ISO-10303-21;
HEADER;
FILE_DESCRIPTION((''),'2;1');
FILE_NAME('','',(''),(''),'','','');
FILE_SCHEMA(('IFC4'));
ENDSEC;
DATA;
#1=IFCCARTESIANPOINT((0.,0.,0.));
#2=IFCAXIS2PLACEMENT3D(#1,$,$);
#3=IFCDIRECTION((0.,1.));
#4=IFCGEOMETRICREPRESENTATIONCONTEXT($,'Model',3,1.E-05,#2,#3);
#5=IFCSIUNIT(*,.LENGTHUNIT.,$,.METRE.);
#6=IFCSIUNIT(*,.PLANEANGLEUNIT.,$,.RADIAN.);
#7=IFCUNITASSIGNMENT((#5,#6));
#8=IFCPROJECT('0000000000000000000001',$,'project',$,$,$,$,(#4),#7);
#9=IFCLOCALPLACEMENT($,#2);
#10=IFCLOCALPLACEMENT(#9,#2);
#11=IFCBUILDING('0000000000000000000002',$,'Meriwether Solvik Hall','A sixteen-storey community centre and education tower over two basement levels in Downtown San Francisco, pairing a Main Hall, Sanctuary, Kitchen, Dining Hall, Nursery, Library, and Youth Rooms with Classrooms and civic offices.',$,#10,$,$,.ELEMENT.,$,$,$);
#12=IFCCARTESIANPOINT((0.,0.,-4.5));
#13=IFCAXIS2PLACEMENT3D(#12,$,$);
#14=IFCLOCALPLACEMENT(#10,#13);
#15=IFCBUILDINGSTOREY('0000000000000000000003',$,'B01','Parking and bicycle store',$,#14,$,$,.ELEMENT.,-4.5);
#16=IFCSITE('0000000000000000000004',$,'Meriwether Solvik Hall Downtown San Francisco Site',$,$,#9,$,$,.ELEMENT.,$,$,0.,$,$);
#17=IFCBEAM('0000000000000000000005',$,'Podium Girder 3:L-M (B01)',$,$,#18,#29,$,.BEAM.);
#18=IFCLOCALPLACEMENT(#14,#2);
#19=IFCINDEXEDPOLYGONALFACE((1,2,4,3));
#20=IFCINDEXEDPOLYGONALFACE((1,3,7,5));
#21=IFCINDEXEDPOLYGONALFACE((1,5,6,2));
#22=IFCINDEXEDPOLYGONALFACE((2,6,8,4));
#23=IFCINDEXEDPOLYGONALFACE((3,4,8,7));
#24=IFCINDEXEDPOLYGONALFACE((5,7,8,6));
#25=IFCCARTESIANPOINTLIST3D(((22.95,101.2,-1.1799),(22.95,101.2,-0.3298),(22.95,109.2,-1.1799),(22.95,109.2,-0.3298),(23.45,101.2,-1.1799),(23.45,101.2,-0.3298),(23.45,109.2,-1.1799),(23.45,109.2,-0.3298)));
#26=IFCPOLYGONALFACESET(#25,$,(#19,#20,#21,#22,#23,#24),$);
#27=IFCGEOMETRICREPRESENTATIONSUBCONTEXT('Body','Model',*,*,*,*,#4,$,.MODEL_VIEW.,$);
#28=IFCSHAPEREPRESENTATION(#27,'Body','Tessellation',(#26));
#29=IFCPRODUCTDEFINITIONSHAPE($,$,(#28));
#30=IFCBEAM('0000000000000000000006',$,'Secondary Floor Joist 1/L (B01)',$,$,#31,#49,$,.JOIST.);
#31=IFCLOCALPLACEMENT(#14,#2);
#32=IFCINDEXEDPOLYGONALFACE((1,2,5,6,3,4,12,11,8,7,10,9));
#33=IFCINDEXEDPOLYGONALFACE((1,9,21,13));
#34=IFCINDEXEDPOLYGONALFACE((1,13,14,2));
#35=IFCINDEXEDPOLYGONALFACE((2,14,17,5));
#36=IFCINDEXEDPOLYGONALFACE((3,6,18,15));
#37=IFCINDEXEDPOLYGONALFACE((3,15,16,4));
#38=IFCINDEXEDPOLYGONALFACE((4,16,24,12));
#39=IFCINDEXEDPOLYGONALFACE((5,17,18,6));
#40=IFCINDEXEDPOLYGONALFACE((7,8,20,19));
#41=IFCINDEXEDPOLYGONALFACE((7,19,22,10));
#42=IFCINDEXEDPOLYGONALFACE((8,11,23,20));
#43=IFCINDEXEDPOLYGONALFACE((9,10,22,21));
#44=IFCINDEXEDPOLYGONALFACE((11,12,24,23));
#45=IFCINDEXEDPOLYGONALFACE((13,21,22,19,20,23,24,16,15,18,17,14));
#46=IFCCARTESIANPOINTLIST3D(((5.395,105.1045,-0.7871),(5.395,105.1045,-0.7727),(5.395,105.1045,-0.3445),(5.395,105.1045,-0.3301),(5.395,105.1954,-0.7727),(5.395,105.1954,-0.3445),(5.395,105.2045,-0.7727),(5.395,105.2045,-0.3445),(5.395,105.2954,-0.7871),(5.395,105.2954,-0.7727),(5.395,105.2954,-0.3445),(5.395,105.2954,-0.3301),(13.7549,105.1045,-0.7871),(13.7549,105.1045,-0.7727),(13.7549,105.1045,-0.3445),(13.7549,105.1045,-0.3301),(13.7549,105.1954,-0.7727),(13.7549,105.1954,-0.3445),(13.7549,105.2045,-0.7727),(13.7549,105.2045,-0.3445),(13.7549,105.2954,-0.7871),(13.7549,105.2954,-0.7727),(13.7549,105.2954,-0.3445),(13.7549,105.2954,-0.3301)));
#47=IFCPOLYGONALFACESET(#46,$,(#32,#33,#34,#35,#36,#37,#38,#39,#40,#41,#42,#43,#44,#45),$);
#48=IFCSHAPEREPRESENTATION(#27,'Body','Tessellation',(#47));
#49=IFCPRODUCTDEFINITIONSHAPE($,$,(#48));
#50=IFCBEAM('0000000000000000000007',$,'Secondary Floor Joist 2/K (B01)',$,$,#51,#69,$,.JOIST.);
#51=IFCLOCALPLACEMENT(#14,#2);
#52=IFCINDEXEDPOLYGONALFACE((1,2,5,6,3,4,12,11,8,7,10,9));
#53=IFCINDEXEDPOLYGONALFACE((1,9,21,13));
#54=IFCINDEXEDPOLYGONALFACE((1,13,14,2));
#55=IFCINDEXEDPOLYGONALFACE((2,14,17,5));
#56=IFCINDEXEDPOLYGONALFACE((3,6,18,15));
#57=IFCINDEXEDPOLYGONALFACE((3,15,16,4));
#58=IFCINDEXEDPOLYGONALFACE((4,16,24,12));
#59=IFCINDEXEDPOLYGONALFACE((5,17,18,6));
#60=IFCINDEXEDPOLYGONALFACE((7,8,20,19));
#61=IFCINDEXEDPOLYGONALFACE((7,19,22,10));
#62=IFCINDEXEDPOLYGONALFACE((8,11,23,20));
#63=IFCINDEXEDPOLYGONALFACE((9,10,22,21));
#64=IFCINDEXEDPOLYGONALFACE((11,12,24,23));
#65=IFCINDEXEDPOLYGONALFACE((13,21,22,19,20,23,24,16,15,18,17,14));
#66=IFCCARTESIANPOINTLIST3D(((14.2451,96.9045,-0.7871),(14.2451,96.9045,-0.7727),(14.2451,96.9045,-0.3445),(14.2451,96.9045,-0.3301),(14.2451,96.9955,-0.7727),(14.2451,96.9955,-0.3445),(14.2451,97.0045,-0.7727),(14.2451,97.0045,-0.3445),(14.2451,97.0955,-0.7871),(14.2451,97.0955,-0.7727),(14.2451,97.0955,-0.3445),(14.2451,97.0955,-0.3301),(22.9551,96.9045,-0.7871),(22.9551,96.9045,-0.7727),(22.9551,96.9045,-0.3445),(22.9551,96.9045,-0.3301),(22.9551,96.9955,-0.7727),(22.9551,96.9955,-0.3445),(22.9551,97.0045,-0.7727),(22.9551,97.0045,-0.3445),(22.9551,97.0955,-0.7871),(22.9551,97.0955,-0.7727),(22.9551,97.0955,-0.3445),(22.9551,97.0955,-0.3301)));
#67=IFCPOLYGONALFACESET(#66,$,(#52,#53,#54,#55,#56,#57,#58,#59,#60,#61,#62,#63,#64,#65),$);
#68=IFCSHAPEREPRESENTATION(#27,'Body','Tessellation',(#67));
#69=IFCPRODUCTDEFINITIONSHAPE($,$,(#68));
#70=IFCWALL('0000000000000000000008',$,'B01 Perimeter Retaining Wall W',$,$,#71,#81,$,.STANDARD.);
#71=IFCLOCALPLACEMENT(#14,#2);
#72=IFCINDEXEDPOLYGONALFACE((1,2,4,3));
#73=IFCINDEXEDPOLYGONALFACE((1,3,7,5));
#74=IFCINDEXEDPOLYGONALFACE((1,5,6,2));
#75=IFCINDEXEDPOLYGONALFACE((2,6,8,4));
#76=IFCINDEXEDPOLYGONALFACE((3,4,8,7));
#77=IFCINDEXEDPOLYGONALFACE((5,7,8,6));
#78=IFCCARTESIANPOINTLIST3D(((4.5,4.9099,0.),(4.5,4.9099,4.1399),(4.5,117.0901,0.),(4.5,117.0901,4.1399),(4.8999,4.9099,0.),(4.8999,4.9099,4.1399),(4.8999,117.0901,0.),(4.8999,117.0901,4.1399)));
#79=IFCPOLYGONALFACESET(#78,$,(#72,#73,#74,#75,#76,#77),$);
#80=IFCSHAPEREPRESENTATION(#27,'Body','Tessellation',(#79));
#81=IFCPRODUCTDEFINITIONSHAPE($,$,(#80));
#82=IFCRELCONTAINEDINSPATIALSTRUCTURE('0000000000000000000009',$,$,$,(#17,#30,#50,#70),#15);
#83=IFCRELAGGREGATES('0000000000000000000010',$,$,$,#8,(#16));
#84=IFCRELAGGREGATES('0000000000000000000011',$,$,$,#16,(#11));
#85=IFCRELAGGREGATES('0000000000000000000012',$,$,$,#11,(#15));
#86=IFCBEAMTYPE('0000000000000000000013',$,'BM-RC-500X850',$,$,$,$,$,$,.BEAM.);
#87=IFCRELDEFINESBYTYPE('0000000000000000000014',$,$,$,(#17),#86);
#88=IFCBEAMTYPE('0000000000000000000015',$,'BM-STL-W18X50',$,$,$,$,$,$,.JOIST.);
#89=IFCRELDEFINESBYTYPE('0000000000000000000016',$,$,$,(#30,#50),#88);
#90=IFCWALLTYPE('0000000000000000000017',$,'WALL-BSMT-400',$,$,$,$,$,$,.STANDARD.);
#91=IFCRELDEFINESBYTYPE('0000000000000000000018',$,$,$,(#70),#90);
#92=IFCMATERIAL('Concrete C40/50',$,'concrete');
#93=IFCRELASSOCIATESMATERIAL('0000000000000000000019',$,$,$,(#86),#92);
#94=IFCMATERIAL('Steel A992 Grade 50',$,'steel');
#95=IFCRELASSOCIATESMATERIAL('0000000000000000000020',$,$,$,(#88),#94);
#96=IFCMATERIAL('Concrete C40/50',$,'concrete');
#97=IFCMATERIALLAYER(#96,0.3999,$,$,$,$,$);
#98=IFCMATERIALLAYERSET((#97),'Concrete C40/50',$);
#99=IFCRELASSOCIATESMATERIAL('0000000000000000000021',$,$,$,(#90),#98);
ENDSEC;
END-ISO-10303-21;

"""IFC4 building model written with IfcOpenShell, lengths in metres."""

from ifc_helpers import new_model, si_unit, direction, frame, frame_2d, origin, origin_2d, place, context, subcontext, project, spatial, rectangle, i_section, extrude, material, layer, layer_set, material_profile, profile_set, type_object, element, save


model = new_model("IFC4")

# Units and contexts
model_context = context("Model", 3, precision=1e-05, world=origin(), true_north=direction((0.0, 1.0)))
body_context = subcontext(model_context, "Body", "Model", "MODEL_VIEW")
ifc_project = project(units=[si_unit("LENGTHUNIT", "METRE"), si_unit("PLANEANGLEUNIT", "RADIAN")], contexts=[model_context])

# Site, building, storey
site_placement = place(None, origin())
site = spatial("IfcSite", under=ifc_project, at=site_placement, Name="Meriwether Solvik Hall Downtown San Francisco Site", CompositionType="ELEMENT", RefElevation=0.0)
building_placement = place(site_placement, origin())
building = spatial("IfcBuilding", under=site, at=building_placement, Name="Meriwether Solvik Hall", Description="A sixteen-storey community centre and education tower over two basement levels in Downtown San Francisco, pairing a Main Hall, Sanctuary, Kitchen, Dining Hall, Nursery, Library, and Youth Rooms with Classrooms and civic offices.", CompositionType="ELEMENT")
storey_placement = place(building_placement, frame((0.0, 0.0, -4.5)))
storey = spatial("IfcBuildingStorey", under=building, at=storey_placement, Name="B01", Description="Parking and bicycle store", CompositionType="ELEMENT", Elevation=-4.5)

# Beams
ifc_material_1 = material(Name="Concrete C40/50", Category="concrete")
ifc_material_profile_1 = material_profile(ifc_material_1, rectangle(XDim=0.5, YDim=0.8501, at=origin_2d()), Name="RCB-500X850")
ifc_profile_set_1 = profile_set([ifc_material_profile_1], Name="Concrete C40/50")
beam_type_1 = type_object("IfcBeamType", Name="BM-RC-500X850", PredefinedType="BEAM", material=ifc_profile_set_1)
beam_1_placement = place(storey_placement, frame((23.2, 101.2, -0.7549), z_axis=(0.0, 1.0, 0.0), x_axis=(-1.0, 0.0, 0.0)))
element("IfcBeam", 1, at=beam_1_placement, inside=storey, type_object=beam_type_1, Name="Podium Girder 3:L-M (B01)", PredefinedType="BEAM", context=body_context, shape_type="SweptSolid", body=[
    extrude(rectangle(XDim=0.5, YDim=0.8501, at=origin_2d()), origin(), (0.0, 0.0, 1.0), 8.0),
])
ifc_material_2 = material(Name="Steel A992 Grade 50", Category="steel")
ifc_material_profile_2 = material_profile(ifc_material_2, i_section(OverallWidth=0.1909, OverallDepth=0.457, WebThickness=0.009, FlangeThickness=0.0144, at=origin_2d()), Name="W18X50")
ifc_profile_set_2 = profile_set([ifc_material_profile_2], Name="Steel A992 Grade 50")
beam_type_2 = type_object("IfcBeamType", Name="BM-STL-W18X50", PredefinedType="JOIST", material=ifc_profile_set_2)
beam_2_placement = place(storey_placement, frame((5.395, 105.2, -0.5586), z_axis=(1.0, 0.0, 0.0), x_axis=(0.0, 1.0, 0.0)))
element("IfcBeam", 2, at=beam_2_placement, inside=storey, type_object=beam_type_2, Name="Secondary Floor Joist 1/L (B01)", PredefinedType="JOIST", context=body_context, shape_type="SweptSolid", body=[
    extrude(i_section(OverallWidth=0.1909, OverallDepth=0.457, WebThickness=0.009, FlangeThickness=0.0144, at=origin_2d()), origin(), (0.0, 0.0, 1.0), 8.3599),
])
beam_3_placement = place(storey_placement, frame((14.2451, 97.0, -0.5586), z_axis=(1.0, 0.0, 0.0), x_axis=(0.0, 1.0, 0.0)))
element("IfcBeam", 3, at=beam_3_placement, inside=storey, type_object=beam_type_2, Name="Secondary Floor Joist 2/K (B01)", PredefinedType="JOIST", context=body_context, shape_type="SweptSolid", body=[
    extrude(i_section(OverallWidth=0.1909, OverallDepth=0.457, WebThickness=0.009, FlangeThickness=0.0144, at=origin_2d()), origin(), (0.0, 0.0, 1.0), 8.71),
])

# Wall
ifc_material_3 = material(Name="Concrete C40/50", Category="concrete")
ifc_layer = layer(ifc_material_3, 0.3999)
ifc_layer_set = layer_set([ifc_layer], Name="Concrete C40/50")
wall_type = type_object("IfcWallType", Name="WALL-BSMT-400", PredefinedType="STANDARD", material=ifc_layer_set)
wall_placement = place(storey_placement, frame((4.7, 117.0901, 0.0), z_axis=(0.0, 0.0, 1.0), x_axis=(0.0, -1.0, 0.0)))
element("IfcWall", 4, at=wall_placement, inside=storey, type_object=wall_type, Name="B01 Perimeter Retaining Wall W", PredefinedType="STANDARD", context=body_context, shape_type="SweptSolid", body=[
    extrude(rectangle(XDim=112.1802, YDim=0.3999, at=frame_2d((56.0901, 0.0))), origin(), (0.0, 0.0, 1.0), 4.1399),
])

save(model, "model.ifc")
